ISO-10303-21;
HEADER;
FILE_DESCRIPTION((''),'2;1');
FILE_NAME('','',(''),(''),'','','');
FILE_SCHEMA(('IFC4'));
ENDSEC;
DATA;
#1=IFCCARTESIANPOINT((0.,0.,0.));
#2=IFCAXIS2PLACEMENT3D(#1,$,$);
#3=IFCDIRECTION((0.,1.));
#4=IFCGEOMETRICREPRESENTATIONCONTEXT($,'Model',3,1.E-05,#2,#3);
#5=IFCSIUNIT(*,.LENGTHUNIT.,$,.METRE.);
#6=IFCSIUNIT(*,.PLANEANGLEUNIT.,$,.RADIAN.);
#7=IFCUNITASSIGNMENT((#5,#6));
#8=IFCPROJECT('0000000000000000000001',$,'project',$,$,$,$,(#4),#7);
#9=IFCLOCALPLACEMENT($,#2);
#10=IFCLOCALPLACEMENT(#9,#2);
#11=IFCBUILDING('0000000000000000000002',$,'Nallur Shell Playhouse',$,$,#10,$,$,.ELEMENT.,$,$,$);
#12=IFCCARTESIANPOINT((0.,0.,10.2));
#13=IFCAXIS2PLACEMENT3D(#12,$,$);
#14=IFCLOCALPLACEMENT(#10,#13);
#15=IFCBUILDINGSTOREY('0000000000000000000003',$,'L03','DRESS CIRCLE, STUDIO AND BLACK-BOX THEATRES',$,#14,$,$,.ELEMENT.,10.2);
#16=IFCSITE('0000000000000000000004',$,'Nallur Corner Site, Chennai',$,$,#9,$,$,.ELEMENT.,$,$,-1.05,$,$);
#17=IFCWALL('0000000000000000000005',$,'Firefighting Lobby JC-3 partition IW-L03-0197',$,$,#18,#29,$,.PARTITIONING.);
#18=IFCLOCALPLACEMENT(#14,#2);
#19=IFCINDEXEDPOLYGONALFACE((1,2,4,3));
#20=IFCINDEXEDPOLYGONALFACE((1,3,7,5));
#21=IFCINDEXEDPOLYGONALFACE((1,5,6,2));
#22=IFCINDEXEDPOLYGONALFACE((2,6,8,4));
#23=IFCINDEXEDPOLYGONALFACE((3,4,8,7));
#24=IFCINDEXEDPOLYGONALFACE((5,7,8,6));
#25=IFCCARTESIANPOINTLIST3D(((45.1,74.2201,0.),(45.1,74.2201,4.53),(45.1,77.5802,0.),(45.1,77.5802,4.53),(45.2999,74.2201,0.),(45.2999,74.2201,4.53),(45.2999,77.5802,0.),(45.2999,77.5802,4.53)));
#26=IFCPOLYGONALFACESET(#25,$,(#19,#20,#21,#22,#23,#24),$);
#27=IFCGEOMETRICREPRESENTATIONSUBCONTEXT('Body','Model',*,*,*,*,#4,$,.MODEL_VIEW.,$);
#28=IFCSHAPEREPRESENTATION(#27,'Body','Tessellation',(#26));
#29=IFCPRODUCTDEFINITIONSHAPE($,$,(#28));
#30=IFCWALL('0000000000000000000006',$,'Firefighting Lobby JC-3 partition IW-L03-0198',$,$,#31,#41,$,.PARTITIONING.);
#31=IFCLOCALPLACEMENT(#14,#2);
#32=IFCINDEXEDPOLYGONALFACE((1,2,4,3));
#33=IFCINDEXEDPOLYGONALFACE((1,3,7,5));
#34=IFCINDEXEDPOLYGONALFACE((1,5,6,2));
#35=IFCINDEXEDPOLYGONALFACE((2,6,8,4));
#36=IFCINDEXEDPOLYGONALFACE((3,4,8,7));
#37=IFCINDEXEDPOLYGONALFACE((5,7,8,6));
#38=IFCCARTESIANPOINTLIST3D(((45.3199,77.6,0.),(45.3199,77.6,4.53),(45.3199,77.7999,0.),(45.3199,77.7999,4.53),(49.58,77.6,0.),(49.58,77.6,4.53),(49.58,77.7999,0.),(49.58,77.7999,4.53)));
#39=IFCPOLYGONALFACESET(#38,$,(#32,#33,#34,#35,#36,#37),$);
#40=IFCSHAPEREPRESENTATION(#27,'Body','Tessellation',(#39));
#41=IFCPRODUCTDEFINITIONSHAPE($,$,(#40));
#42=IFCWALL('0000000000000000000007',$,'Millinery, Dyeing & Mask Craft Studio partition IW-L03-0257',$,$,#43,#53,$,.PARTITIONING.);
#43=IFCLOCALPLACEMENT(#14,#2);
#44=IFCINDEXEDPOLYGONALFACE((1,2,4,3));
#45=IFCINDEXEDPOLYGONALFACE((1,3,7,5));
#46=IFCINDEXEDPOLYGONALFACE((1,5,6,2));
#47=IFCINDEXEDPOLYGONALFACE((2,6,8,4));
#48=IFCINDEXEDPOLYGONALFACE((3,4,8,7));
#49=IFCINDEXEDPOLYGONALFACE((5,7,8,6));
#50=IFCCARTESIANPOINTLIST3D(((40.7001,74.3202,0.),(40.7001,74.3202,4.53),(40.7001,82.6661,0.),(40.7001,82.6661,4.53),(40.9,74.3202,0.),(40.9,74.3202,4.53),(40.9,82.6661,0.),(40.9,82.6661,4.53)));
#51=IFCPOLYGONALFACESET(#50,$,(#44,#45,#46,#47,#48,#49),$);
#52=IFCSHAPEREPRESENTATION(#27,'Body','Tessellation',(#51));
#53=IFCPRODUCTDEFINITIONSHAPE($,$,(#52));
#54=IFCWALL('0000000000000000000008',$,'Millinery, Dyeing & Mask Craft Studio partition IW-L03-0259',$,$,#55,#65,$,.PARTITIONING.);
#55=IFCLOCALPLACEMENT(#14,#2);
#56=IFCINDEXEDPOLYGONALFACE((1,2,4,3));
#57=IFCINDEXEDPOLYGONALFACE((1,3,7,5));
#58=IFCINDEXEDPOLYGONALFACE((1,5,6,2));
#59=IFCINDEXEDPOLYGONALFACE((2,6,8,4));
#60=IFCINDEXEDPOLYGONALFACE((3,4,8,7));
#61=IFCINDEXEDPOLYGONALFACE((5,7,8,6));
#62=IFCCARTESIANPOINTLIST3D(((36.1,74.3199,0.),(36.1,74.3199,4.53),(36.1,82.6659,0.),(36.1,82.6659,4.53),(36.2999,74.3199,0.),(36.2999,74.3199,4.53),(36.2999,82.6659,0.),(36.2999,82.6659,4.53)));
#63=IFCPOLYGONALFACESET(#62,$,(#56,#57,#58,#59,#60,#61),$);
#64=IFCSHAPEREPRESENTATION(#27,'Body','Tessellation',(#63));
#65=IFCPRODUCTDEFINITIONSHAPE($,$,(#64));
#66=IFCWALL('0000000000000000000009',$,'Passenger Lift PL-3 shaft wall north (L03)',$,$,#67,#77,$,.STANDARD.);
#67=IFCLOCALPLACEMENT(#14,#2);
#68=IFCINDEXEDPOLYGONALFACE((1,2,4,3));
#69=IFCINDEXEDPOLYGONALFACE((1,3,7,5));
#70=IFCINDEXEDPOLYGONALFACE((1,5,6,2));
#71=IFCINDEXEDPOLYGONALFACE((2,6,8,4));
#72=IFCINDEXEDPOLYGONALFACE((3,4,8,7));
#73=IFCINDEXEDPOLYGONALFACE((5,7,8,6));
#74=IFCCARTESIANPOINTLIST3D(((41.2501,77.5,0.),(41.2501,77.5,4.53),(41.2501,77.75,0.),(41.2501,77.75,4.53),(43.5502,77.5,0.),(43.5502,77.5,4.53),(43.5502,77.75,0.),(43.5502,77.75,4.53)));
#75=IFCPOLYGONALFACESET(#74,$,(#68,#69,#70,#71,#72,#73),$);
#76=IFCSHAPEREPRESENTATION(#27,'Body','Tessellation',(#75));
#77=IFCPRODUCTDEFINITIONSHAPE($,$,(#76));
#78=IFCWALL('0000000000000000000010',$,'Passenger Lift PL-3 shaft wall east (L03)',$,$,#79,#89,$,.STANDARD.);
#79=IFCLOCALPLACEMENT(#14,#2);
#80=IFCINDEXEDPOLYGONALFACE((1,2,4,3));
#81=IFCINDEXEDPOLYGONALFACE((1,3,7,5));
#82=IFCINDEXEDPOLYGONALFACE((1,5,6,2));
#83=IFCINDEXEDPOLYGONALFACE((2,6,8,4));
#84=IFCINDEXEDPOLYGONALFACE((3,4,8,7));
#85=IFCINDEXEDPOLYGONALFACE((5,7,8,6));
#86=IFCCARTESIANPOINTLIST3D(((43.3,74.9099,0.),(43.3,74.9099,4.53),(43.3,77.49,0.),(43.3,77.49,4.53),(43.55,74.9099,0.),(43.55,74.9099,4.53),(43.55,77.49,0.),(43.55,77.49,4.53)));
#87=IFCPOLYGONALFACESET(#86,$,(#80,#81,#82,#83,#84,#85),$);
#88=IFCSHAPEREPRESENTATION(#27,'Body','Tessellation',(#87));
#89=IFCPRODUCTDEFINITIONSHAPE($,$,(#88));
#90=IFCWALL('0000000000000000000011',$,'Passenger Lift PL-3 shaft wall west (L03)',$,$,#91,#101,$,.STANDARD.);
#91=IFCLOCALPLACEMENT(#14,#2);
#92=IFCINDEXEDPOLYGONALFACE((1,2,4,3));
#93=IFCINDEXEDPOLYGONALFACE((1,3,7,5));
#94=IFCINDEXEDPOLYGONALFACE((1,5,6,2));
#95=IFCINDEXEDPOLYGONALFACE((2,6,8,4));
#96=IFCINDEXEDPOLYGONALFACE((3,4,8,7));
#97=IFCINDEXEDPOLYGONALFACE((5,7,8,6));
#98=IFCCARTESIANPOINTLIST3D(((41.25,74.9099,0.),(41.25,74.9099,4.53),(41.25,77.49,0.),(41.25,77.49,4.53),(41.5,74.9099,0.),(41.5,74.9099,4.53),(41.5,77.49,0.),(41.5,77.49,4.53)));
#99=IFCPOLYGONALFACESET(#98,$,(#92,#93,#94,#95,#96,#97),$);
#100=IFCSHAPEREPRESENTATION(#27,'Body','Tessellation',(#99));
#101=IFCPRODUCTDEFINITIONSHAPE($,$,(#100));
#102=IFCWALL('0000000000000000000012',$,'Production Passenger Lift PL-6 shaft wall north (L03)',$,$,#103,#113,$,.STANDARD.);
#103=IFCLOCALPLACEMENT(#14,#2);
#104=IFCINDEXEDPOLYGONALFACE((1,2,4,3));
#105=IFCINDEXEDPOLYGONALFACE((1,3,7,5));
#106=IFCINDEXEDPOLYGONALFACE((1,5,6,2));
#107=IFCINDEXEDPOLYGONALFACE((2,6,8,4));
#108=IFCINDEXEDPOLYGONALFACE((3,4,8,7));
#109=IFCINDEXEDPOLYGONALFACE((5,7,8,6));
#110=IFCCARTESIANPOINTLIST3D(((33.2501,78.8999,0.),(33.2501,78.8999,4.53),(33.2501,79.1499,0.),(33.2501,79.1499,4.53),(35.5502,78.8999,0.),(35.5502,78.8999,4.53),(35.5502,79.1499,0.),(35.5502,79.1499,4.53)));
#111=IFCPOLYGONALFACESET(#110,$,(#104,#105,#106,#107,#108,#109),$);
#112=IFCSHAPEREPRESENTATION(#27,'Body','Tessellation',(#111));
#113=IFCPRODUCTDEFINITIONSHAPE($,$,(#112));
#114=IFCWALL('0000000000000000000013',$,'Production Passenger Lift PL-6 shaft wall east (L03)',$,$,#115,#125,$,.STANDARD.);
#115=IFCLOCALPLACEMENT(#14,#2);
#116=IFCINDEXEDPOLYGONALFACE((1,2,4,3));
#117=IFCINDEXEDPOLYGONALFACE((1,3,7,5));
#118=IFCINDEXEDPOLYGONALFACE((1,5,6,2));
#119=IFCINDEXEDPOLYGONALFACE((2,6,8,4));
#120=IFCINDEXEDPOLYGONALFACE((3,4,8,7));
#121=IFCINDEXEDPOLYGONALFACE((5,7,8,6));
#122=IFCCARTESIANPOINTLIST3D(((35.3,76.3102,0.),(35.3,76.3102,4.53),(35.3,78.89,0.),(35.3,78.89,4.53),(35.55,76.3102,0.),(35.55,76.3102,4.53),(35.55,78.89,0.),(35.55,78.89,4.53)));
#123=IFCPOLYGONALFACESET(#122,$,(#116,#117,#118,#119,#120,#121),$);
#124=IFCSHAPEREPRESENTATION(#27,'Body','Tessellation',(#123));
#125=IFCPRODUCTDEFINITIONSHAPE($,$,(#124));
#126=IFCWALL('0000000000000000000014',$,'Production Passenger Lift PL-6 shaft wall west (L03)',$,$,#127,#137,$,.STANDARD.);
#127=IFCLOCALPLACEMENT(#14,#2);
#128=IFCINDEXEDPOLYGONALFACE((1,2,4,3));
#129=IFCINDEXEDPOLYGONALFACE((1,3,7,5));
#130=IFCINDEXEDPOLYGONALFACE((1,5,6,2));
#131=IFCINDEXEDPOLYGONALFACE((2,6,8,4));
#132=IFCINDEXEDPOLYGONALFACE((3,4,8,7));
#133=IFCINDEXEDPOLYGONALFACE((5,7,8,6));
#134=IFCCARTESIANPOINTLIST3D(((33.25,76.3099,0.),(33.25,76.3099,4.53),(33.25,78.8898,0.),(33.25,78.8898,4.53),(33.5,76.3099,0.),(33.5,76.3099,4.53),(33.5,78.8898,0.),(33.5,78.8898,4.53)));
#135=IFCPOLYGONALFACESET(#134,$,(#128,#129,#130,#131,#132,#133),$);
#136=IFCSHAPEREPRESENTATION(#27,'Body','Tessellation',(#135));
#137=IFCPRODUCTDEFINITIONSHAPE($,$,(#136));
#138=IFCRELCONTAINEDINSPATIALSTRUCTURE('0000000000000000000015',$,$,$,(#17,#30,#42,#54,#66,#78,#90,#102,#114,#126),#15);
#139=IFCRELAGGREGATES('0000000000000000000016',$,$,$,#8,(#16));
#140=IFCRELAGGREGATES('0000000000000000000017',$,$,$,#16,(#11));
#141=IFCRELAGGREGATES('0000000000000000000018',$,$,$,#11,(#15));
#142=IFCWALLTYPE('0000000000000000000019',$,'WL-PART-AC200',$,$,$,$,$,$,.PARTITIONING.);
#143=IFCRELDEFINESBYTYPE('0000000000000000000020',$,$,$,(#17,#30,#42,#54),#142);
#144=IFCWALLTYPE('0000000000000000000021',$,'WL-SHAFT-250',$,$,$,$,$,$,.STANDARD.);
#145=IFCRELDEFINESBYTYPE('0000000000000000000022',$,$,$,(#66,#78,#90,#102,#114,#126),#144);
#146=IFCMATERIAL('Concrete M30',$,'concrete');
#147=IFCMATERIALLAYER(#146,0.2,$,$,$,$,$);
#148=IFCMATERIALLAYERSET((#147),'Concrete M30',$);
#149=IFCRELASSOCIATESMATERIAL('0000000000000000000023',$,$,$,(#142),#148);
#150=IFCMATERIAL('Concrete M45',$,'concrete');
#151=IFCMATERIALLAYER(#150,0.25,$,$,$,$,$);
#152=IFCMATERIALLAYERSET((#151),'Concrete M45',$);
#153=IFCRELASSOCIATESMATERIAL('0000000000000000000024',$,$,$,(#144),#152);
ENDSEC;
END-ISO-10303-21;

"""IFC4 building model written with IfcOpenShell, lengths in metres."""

from ifc_helpers import new_model, si_unit, direction, frame, frame_2d, origin, place, context, subcontext, project, spatial, rectangle, extrude, material, layer, layer_set, type_object, element, save


model = new_model("IFC4")

# Units and contexts
model_context = context("Model", 3, precision=1e-05, world=origin(), true_north=direction((0.0, 1.0)))
body_context = subcontext(model_context, "Body", "Model", "MODEL_VIEW")
ifc_project = project(units=[si_unit("LENGTHUNIT", "METRE"), si_unit("PLANEANGLEUNIT", "RADIAN")], contexts=[model_context])

# Site, building, storey
site_placement = place(None, origin())
site = spatial("IfcSite", under=ifc_project, at=site_placement, Name="Nallur Corner Site, Chennai", CompositionType="ELEMENT", RefElevation=-1.05)
building_placement = place(site_placement, origin())
building = spatial("IfcBuilding", under=site, at=building_placement, Name="Nallur Shell Playhouse", CompositionType="ELEMENT")
storey_placement = place(building_placement, frame((0.0, 0.0, 10.2)))
storey = spatial("IfcBuildingStorey", under=building, at=storey_placement, Name="L03", Description="DRESS CIRCLE, STUDIO AND BLACK-BOX THEATRES", CompositionType="ELEMENT", Elevation=10.2)

# Walls
ifc_material_1 = material(Name="Concrete M30", Category="concrete")
ifc_layer_1 = layer(ifc_material_1, 0.2)
ifc_layer_set_1 = layer_set([ifc_layer_1], Name="Concrete M30")
wall_type_1 = type_object("IfcWallType", Name="WL-PART-AC200", PredefinedType="PARTITIONING", material=ifc_layer_set_1)
wall_1_placement = place(storey_placement, frame((45.2, 74.22, 0.0), z_axis=(0.0, 0.0, 1.0), x_axis=(0.0, 1.0, 0.0)))
element("IfcWall", 1, at=wall_1_placement, inside=storey, type_object=wall_type_1, Name="Firefighting Lobby JC-3 partition IW-L03-0197", PredefinedType="PARTITIONING", context=body_context, shape_type="SweptSolid", body=[
    extrude(rectangle(XDim=3.3601, YDim=0.2, at=frame_2d((1.6802, 0.0))), origin(), (0.0, 0.0, 1.0), 4.53),
])
wall_2_placement = place(storey_placement, frame((45.3201, 77.7, 0.0), z_axis=(0.0, 0.0, 1.0), x_axis=(1.0, 0.0, 0.0)))
element("IfcWall", 2, at=wall_2_placement, inside=storey, type_object=wall_type_1, Name="Firefighting Lobby JC-3 partition IW-L03-0198", PredefinedType="PARTITIONING", context=body_context, shape_type="SweptSolid", body=[
    extrude(rectangle(XDim=4.26, YDim=0.2, at=frame_2d((2.1299, 0.0))), origin(), (0.0, 0.0, 1.0), 4.53),
])
wall_3_placement = place(storey_placement, frame((40.8, 82.666, 0.0), z_axis=(0.0, 0.0, 1.0), x_axis=(0.0, -1.0, 0.0)))
element("IfcWall", 3, at=wall_3_placement, inside=storey, type_object=wall_type_1, Name="Millinery, Dyeing & Mask Craft Studio partition IW-L03-0257", PredefinedType="PARTITIONING", context=body_context, shape_type="SweptSolid", body=[
    extrude(rectangle(XDim=8.3459, YDim=0.2, at=frame_2d((4.1729, 0.0))), origin(), (0.0, 0.0, 1.0), 4.53),
])

# Wall
wall_4_placement = place(storey_placement, frame((36.2, 74.3201, 0.0), z_axis=(0.0, 0.0, 1.0), x_axis=(0.0, 1.0, 0.0)))
element("IfcWall", 4, at=wall_4_placement, inside=storey, type_object=wall_type_1, Name="Millinery, Dyeing & Mask Craft Studio partition IW-L03-0259", PredefinedType="PARTITIONING", context=body_context, shape_type="SweptSolid", body=[
    extrude(rectangle(XDim=8.3459, YDim=0.2, at=frame_2d((4.1729, 0.0))), origin(), (0.0, 0.0, 1.0), 4.53),
])

# Shared definitions
ifc_material_2 = material(Name="Concrete M45", Category="concrete")
ifc_layer_2 = layer(ifc_material_2, 0.25)
ifc_layer_set_2 = layer_set([ifc_layer_2], Name="Concrete M45")
wall_type_2 = type_object("IfcWallType", Name="WL-SHAFT-250", PredefinedType="STANDARD", material=ifc_layer_set_2)

# Walls
wall_5_placement = place(storey_placement, frame((43.55, 77.625, 0.0), z_axis=(0.0, 0.0, 1.0), x_axis=(-1.0, 0.0, 0.0)))
element("IfcWall", 5, at=wall_5_placement, inside=storey, type_object=wall_type_2, Name="Passenger Lift PL-3 shaft wall north (L03)", PredefinedType="STANDARD", context=body_context, shape_type="SweptSolid", body=[
    extrude(rectangle(XDim=2.3, YDim=0.25, at=frame_2d((1.1499, 0.0))), origin(), (0.0, 0.0, 1.0), 4.53),
])
for number, where, z_axis, x_axis, name in (
    (6, (43.425, 74.9099, 0.0), (0.0, 0.0, 1.0), (0.0, 1.0, 0.0), "Passenger Lift PL-3 shaft wall east (L03)"),
    (7, (41.375, 77.49, 0.0), (0.0, 0.0, 1.0), (0.0, -1.0, 0.0), "Passenger Lift PL-3 shaft wall west (L03)"),
):
    element("IfcWall", number, at=place(storey_placement, frame(where, z_axis=z_axis, x_axis=x_axis)), inside=storey, type_object=wall_type_2, Name=name, PredefinedType="STANDARD", context=body_context, shape_type="SweptSolid", body=[
        extrude(rectangle(XDim=2.5801, YDim=0.25, at=frame_2d((1.29, 0.0))), origin(), (0.0, 0.0, 1.0), 4.53),
    ])

# Walls
wall_6_placement = place(storey_placement, frame((35.55, 79.0249, 0.0), z_axis=(0.0, 0.0, 1.0), x_axis=(-1.0, 0.0, 0.0)))
element("IfcWall", 8, at=wall_6_placement, inside=storey, type_object=wall_type_2, Name="Production Passenger Lift PL-6 shaft wall north (L03)", PredefinedType="STANDARD", context=body_context, shape_type="SweptSolid", body=[
    extrude(rectangle(XDim=2.3, YDim=0.25, at=frame_2d((1.1499, 0.0))), origin(), (0.0, 0.0, 1.0), 4.53),
])
for number, where, z_axis, x_axis, name in (
    (9, (35.425, 76.3101, 0.0), (0.0, 0.0, 1.0), (0.0, 1.0, 0.0), "Production Passenger Lift PL-6 shaft wall east (L03)"),
    (10, (33.375, 78.8899, 0.0), (0.0, 0.0, 1.0), (0.0, -1.0, 0.0), "Production Passenger Lift PL-6 shaft wall west (L03)"),
):
    element("IfcWall", number, at=place(storey_placement, frame(where, z_axis=z_axis, x_axis=x_axis)), inside=storey, type_object=wall_type_2, Name=name, PredefinedType="STANDARD", context=body_context, shape_type="SweptSolid", body=[
        extrude(rectangle(XDim=2.5798, YDim=0.25, at=frame_2d((1.29, 0.0))), origin(), (0.0, 0.0, 1.0), 4.53),
    ])

save(model, "model.ifc")
